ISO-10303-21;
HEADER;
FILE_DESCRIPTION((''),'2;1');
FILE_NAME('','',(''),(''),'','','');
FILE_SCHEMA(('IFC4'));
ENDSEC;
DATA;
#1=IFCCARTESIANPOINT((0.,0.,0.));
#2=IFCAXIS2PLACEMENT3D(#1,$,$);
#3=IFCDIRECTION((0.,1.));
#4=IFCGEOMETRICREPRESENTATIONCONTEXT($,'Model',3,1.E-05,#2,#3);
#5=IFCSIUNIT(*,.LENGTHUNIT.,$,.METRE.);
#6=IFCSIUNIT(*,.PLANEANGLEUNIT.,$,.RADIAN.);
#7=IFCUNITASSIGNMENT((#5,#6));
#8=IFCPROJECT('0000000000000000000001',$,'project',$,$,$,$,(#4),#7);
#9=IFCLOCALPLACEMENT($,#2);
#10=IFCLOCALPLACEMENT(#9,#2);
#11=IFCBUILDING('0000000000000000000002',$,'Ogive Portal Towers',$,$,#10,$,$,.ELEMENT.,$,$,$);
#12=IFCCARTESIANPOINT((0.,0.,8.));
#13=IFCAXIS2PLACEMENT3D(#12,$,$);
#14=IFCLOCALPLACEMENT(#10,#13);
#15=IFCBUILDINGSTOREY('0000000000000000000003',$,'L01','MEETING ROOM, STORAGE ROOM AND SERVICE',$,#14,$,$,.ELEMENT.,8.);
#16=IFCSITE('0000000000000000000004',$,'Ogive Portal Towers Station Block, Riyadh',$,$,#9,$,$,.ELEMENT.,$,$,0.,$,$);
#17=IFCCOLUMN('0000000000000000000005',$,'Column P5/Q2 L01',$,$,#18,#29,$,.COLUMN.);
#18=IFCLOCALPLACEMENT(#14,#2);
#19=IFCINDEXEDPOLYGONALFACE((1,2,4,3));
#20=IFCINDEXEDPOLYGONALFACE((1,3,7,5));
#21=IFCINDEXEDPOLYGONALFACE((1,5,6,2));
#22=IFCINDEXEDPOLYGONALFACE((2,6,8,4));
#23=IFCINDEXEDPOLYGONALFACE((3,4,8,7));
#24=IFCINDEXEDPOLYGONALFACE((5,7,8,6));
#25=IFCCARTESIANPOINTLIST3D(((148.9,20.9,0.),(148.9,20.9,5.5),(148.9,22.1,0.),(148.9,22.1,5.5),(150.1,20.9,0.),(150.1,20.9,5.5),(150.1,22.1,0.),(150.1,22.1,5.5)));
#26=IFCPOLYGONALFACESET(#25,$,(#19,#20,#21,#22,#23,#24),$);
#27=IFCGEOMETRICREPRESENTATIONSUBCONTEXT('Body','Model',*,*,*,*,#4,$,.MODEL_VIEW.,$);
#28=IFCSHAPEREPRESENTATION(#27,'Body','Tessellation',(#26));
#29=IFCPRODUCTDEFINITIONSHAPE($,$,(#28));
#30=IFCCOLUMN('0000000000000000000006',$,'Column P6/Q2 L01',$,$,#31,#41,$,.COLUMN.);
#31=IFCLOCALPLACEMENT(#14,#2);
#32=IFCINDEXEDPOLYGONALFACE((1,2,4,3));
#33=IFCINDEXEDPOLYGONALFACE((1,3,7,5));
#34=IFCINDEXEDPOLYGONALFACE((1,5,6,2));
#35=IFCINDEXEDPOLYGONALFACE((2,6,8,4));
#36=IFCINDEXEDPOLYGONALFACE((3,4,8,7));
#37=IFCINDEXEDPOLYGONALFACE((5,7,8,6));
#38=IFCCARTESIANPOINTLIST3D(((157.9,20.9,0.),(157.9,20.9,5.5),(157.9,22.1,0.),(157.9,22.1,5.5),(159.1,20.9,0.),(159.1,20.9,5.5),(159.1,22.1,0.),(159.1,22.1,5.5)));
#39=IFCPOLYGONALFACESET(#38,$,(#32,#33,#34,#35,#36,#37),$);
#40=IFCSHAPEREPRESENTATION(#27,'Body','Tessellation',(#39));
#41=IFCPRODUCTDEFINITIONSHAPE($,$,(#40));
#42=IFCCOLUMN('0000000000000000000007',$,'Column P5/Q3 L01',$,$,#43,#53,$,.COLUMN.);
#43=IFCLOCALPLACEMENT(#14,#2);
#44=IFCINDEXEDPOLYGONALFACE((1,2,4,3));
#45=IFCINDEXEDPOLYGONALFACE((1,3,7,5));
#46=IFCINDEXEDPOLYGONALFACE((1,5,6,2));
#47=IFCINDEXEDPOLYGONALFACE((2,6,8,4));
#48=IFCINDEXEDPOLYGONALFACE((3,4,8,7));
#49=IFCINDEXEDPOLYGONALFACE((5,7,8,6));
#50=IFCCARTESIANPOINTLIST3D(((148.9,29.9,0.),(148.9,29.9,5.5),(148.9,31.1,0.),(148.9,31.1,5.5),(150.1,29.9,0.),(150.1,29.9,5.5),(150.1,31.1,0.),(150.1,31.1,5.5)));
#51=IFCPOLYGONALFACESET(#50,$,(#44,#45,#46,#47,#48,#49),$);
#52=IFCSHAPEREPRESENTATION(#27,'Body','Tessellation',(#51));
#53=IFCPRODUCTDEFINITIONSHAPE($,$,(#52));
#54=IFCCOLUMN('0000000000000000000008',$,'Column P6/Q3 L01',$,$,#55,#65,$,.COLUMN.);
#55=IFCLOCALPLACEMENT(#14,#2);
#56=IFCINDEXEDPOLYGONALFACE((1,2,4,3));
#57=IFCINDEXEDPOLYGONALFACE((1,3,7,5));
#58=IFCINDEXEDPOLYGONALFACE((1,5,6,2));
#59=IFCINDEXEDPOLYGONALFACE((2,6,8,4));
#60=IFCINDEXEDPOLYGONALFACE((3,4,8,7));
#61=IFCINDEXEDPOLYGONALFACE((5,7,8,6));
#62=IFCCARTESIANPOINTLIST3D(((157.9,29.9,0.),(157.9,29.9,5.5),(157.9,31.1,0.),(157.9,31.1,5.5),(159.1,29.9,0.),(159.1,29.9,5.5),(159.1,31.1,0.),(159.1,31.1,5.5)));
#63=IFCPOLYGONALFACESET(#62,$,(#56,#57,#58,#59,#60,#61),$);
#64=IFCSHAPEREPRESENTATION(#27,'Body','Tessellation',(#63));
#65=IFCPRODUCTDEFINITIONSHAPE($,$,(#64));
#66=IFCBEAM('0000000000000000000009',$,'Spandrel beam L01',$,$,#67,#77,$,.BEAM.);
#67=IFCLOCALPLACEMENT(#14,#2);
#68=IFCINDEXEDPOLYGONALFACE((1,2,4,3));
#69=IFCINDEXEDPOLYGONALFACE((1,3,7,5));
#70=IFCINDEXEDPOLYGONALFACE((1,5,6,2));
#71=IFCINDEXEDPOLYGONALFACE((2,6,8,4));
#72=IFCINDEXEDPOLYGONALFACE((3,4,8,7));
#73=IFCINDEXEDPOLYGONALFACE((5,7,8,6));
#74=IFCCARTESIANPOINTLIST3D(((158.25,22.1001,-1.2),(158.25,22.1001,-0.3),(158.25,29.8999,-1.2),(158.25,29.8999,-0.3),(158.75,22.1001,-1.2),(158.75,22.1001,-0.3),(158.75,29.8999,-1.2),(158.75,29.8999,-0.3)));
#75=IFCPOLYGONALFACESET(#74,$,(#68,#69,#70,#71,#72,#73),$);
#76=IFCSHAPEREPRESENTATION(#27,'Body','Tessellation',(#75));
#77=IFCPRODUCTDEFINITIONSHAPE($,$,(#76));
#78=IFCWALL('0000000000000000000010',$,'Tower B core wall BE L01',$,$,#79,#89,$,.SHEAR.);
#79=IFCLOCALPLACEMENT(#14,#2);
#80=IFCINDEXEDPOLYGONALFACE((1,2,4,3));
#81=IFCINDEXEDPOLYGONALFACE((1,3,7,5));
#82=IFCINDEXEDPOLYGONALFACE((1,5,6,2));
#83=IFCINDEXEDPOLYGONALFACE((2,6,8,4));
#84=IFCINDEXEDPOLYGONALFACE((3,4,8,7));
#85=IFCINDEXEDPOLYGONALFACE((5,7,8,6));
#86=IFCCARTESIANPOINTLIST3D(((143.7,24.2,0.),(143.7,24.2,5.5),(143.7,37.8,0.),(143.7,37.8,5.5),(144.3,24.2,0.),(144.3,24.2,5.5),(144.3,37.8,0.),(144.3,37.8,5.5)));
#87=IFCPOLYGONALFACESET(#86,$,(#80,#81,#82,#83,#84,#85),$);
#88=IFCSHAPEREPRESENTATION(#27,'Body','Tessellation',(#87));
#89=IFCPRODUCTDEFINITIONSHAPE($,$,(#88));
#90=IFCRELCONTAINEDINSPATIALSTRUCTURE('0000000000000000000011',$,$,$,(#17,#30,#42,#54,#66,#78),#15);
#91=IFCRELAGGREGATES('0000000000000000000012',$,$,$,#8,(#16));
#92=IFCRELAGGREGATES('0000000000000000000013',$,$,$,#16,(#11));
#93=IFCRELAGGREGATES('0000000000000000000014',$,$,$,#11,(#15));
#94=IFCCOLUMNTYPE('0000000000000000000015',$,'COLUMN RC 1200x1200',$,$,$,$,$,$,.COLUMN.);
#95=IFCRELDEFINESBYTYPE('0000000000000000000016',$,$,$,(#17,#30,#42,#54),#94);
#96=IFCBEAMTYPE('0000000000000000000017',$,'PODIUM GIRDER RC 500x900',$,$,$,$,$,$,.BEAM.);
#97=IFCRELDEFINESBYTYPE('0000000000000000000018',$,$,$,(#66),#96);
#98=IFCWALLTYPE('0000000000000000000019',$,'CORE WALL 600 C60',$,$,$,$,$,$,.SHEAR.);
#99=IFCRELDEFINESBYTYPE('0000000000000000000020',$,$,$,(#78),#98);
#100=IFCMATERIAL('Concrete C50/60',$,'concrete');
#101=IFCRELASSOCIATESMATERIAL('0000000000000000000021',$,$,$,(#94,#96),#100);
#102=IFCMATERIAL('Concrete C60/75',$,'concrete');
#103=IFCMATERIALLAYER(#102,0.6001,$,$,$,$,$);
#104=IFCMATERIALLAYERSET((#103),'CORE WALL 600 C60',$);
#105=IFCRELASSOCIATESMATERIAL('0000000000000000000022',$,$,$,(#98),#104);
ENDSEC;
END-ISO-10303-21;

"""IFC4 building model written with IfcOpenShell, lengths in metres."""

from ifc_helpers import new_model, si_unit, direction, frame, frame_2d, origin, origin_2d, place, context, subcontext, project, spatial, rectangle, extrude, material, layer, layer_set, material_profile, profile_set, type_object, element, save


model = new_model("IFC4")

# Units and contexts
model_context = context("Model", 3, precision=1e-05, world=origin(), true_north=direction((0.0, 1.0)))
body_context = subcontext(model_context, "Body", "Model", "MODEL_VIEW")
ifc_project = project(units=[si_unit("LENGTHUNIT", "METRE"), si_unit("PLANEANGLEUNIT", "RADIAN")], contexts=[model_context])

# Site, building, storey
site_placement = place(None, origin())
site = spatial("IfcSite", under=ifc_project, at=site_placement, Name="Ogive Portal Towers Station Block, Riyadh", CompositionType="ELEMENT", RefElevation=0.0)
building_placement = place(site_placement, origin())
building = spatial("IfcBuilding", under=site, at=building_placement, Name="Ogive Portal Towers", CompositionType="ELEMENT")
storey_placement = place(building_placement, frame((0.0, 0.0, 8.0)))
storey = spatial("IfcBuildingStorey", under=building, at=storey_placement, Name="L01", Description="MEETING ROOM, STORAGE ROOM AND SERVICE", CompositionType="ELEMENT", Elevation=8.0)

# Columns
ifc_material_1 = material(Name="Concrete C50/60", Category="concrete")
ifc_material_profile_1 = material_profile(ifc_material_1, rectangle(XDim=1.2, YDim=1.2, at=origin_2d()), Name="RC 1200x1200")
ifc_profile_set_1 = profile_set([ifc_material_profile_1], Name="Concrete C50/60")
column_type = type_object("IfcColumnType", Name="COLUMN RC 1200x1200", PredefinedType="COLUMN", material=ifc_profile_set_1)
for number, where, z_axis, x_axis, name in (
    (1, (149.5, 21.5, 0.0), (0.0, 0.0, 1.0), (1.0, 0.0, 0.0), "Column P5/Q2 L01"),
    (2, (158.5, 21.5, 0.0), (0.0, 0.0, 1.0), (1.0, 0.0, 0.0), "Column P6/Q2 L01"),
    (3, (149.5, 30.5, 0.0), (0.0, 0.0, 1.0), (1.0, 0.0, 0.0), "Column P5/Q3 L01"),
    (4, (158.5, 30.5, 0.0), (0.0, 0.0, 1.0), (1.0, 0.0, 0.0), "Column P6/Q3 L01"),
):
    element("IfcColumn", number, at=place(storey_placement, frame(where, z_axis=z_axis, x_axis=x_axis)), inside=storey, type_object=column_type, Name=name, PredefinedType="COLUMN", context=body_context, shape_type="SweptSolid", body=[
        extrude(rectangle(XDim=1.2, YDim=1.2, at=origin_2d()), origin(), (0.0, 0.0, 1.0), 5.5),
    ])

# Beam
ifc_material_profile_2 = material_profile(ifc_material_1, rectangle(XDim=0.5, YDim=0.8999, at=origin_2d()), Name="RC 500x900")
ifc_profile_set_2 = profile_set([ifc_material_profile_2], Name="Concrete C50/60")
beam_type = type_object("IfcBeamType", Name="PODIUM GIRDER RC 500x900", PredefinedType="BEAM", material=ifc_profile_set_2)
beam_placement = place(storey_placement, frame((158.5, 22.1001, -0.75), z_axis=(0.0, 1.0, 0.0), x_axis=(-1.0, 0.0, 0.0)))
element("IfcBeam", 5, at=beam_placement, inside=storey, type_object=beam_type, Name="Spandrel beam L01", PredefinedType="BEAM", context=body_context, shape_type="SweptSolid", body=[
    extrude(rectangle(XDim=0.5, YDim=0.8999, at=origin_2d()), origin(), (0.0, 0.0, 1.0), 7.7998),
])

# Wall
ifc_material_2 = material(Name="Concrete C60/75", Category="concrete")
ifc_layer_1 = layer(ifc_material_2, 0.6001)
ifc_layer_set_1 = layer_set([ifc_layer_1], Name="CORE WALL 600 C60")
wall_type = type_object("IfcWallType", Name="CORE WALL 600 C60", PredefinedType="SHEAR", material=ifc_layer_set_1)
wall_placement = place(storey_placement, frame((144.0, 24.2, 0.0), z_axis=(0.0, 0.0, 1.0), x_axis=(0.0, 1.0, 0.0)))
element("IfcWall", 6, at=wall_placement, inside=storey, type_object=wall_type, Name="Tower B core wall BE L01", PredefinedType="SHEAR", context=body_context, shape_type="SweptSolid", body=[
    extrude(rectangle(XDim=13.6001, YDim=0.6001, at=frame_2d((6.8, 0.0))), origin(), (0.0, 0.0, 1.0), 5.5),
])

save(model, "model.ifc")
